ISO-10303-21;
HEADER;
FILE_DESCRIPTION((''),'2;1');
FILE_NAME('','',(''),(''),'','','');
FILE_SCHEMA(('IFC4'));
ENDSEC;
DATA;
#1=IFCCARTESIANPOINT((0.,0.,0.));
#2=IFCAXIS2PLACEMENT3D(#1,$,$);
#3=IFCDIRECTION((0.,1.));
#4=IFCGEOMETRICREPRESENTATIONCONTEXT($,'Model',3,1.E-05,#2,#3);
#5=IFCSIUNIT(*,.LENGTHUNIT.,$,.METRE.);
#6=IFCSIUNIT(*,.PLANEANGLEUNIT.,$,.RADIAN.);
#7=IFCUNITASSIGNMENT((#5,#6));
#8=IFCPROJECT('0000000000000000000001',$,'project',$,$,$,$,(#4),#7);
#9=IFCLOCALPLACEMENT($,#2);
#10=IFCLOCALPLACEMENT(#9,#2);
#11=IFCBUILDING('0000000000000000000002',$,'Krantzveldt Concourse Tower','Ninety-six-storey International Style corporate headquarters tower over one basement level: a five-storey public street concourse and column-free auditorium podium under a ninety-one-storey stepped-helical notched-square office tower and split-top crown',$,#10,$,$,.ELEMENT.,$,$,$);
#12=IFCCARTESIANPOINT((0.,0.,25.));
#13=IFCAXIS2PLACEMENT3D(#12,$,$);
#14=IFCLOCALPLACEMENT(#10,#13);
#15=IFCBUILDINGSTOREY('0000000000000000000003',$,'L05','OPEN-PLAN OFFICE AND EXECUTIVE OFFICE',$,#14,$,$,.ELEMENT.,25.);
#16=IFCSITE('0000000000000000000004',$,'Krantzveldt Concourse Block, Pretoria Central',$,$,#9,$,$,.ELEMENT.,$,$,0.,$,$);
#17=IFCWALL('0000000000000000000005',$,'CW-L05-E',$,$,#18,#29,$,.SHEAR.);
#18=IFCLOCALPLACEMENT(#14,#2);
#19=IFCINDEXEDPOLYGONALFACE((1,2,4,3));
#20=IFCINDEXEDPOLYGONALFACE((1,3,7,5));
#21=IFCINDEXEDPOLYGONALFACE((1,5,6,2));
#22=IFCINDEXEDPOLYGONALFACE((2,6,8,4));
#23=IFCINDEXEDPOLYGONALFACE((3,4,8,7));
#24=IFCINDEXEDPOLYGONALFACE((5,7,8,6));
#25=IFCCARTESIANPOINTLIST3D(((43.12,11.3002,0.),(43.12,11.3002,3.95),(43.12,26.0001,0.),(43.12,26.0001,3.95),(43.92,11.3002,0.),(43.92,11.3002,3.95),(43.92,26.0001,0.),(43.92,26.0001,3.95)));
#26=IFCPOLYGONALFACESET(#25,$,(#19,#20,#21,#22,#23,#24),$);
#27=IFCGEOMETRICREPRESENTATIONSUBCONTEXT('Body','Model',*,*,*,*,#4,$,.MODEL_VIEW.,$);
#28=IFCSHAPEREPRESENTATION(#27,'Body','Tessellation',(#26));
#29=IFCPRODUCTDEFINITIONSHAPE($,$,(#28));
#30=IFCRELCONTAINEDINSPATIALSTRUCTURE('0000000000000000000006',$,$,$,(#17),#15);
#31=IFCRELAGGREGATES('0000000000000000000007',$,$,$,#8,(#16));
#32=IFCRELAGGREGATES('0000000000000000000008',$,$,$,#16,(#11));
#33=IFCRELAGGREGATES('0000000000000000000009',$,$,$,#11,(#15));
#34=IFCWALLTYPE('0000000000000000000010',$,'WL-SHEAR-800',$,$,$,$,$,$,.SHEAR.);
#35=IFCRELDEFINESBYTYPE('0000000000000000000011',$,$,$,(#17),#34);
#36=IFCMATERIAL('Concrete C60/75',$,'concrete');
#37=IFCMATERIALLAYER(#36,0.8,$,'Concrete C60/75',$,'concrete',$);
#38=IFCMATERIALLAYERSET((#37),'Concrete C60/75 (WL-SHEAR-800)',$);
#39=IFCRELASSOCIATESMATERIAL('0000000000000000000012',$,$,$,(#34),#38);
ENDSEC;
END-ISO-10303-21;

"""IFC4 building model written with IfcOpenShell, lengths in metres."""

from ifc_helpers import new_model, si_unit, direction, frame, frame_2d, origin, place, context, subcontext, project, spatial, rectangle, extrude, material, layer, layer_set, type_object, element, save


model = new_model("IFC4")

# Units and contexts
model_context = context("Model", 3, precision=1e-05, world=origin(), true_north=direction((0.0, 1.0)))
body_context = subcontext(model_context, "Body", "Model", "MODEL_VIEW")
ifc_project = project(units=[si_unit("LENGTHUNIT", "METRE"), si_unit("PLANEANGLEUNIT", "RADIAN")], contexts=[model_context])

# Site, building, storey
site_placement = place(None, origin())
site = spatial("IfcSite", under=ifc_project, at=site_placement, Name="Krantzveldt Concourse Block, Pretoria Central", CompositionType="ELEMENT", RefElevation=0.0)
building_placement = place(site_placement, origin())
building = spatial("IfcBuilding", under=site, at=building_placement, Name="Krantzveldt Concourse Tower", Description="Ninety-six-storey International Style corporate headquarters tower over one basement level: a five-storey public street concourse and column-free auditorium podium under a ninety-one-storey stepped-helical notched-square office tower and split-top crown", CompositionType="ELEMENT")
storey_placement = place(building_placement, frame((0.0, 0.0, 25.0)))
storey = spatial("IfcBuildingStorey", under=building, at=storey_placement, Name="L05", Description="OPEN-PLAN OFFICE AND EXECUTIVE OFFICE", CompositionType="ELEMENT", Elevation=25.0)

# Shared definitions
ifc_material_1 = material(Name="Concrete C60/75", Category="concrete")

# Wall
ifc_layer_1 = layer(ifc_material_1, 0.8, Name="Concrete C60/75", Category="concrete")
ifc_layer_set_1 = layer_set([ifc_layer_1], Name="Concrete C60/75 (WL-SHEAR-800)")
wall_type_1 = type_object("IfcWallType", Name="WL-SHEAR-800", PredefinedType="SHEAR", material=ifc_layer_set_1)
wall_1_placement = place(storey_placement, frame((43.52, 11.3, 0.0), z_axis=(0.0, 0.0, 1.0), x_axis=(0.0, 1.0, 0.0)))
element("IfcWall", 1, at=wall_1_placement, inside=storey, type_object=wall_type_1, Name="CW-L05-E", PredefinedType="SHEAR", context=body_context, shape_type="SweptSolid", body=[
    extrude(rectangle(XDim=14.7, YDim=0.8, at=frame_2d((7.3501, 0.0))), origin(), (0.0, 0.0, 1.0), 3.95),
])

save(model, "model.ifc")
